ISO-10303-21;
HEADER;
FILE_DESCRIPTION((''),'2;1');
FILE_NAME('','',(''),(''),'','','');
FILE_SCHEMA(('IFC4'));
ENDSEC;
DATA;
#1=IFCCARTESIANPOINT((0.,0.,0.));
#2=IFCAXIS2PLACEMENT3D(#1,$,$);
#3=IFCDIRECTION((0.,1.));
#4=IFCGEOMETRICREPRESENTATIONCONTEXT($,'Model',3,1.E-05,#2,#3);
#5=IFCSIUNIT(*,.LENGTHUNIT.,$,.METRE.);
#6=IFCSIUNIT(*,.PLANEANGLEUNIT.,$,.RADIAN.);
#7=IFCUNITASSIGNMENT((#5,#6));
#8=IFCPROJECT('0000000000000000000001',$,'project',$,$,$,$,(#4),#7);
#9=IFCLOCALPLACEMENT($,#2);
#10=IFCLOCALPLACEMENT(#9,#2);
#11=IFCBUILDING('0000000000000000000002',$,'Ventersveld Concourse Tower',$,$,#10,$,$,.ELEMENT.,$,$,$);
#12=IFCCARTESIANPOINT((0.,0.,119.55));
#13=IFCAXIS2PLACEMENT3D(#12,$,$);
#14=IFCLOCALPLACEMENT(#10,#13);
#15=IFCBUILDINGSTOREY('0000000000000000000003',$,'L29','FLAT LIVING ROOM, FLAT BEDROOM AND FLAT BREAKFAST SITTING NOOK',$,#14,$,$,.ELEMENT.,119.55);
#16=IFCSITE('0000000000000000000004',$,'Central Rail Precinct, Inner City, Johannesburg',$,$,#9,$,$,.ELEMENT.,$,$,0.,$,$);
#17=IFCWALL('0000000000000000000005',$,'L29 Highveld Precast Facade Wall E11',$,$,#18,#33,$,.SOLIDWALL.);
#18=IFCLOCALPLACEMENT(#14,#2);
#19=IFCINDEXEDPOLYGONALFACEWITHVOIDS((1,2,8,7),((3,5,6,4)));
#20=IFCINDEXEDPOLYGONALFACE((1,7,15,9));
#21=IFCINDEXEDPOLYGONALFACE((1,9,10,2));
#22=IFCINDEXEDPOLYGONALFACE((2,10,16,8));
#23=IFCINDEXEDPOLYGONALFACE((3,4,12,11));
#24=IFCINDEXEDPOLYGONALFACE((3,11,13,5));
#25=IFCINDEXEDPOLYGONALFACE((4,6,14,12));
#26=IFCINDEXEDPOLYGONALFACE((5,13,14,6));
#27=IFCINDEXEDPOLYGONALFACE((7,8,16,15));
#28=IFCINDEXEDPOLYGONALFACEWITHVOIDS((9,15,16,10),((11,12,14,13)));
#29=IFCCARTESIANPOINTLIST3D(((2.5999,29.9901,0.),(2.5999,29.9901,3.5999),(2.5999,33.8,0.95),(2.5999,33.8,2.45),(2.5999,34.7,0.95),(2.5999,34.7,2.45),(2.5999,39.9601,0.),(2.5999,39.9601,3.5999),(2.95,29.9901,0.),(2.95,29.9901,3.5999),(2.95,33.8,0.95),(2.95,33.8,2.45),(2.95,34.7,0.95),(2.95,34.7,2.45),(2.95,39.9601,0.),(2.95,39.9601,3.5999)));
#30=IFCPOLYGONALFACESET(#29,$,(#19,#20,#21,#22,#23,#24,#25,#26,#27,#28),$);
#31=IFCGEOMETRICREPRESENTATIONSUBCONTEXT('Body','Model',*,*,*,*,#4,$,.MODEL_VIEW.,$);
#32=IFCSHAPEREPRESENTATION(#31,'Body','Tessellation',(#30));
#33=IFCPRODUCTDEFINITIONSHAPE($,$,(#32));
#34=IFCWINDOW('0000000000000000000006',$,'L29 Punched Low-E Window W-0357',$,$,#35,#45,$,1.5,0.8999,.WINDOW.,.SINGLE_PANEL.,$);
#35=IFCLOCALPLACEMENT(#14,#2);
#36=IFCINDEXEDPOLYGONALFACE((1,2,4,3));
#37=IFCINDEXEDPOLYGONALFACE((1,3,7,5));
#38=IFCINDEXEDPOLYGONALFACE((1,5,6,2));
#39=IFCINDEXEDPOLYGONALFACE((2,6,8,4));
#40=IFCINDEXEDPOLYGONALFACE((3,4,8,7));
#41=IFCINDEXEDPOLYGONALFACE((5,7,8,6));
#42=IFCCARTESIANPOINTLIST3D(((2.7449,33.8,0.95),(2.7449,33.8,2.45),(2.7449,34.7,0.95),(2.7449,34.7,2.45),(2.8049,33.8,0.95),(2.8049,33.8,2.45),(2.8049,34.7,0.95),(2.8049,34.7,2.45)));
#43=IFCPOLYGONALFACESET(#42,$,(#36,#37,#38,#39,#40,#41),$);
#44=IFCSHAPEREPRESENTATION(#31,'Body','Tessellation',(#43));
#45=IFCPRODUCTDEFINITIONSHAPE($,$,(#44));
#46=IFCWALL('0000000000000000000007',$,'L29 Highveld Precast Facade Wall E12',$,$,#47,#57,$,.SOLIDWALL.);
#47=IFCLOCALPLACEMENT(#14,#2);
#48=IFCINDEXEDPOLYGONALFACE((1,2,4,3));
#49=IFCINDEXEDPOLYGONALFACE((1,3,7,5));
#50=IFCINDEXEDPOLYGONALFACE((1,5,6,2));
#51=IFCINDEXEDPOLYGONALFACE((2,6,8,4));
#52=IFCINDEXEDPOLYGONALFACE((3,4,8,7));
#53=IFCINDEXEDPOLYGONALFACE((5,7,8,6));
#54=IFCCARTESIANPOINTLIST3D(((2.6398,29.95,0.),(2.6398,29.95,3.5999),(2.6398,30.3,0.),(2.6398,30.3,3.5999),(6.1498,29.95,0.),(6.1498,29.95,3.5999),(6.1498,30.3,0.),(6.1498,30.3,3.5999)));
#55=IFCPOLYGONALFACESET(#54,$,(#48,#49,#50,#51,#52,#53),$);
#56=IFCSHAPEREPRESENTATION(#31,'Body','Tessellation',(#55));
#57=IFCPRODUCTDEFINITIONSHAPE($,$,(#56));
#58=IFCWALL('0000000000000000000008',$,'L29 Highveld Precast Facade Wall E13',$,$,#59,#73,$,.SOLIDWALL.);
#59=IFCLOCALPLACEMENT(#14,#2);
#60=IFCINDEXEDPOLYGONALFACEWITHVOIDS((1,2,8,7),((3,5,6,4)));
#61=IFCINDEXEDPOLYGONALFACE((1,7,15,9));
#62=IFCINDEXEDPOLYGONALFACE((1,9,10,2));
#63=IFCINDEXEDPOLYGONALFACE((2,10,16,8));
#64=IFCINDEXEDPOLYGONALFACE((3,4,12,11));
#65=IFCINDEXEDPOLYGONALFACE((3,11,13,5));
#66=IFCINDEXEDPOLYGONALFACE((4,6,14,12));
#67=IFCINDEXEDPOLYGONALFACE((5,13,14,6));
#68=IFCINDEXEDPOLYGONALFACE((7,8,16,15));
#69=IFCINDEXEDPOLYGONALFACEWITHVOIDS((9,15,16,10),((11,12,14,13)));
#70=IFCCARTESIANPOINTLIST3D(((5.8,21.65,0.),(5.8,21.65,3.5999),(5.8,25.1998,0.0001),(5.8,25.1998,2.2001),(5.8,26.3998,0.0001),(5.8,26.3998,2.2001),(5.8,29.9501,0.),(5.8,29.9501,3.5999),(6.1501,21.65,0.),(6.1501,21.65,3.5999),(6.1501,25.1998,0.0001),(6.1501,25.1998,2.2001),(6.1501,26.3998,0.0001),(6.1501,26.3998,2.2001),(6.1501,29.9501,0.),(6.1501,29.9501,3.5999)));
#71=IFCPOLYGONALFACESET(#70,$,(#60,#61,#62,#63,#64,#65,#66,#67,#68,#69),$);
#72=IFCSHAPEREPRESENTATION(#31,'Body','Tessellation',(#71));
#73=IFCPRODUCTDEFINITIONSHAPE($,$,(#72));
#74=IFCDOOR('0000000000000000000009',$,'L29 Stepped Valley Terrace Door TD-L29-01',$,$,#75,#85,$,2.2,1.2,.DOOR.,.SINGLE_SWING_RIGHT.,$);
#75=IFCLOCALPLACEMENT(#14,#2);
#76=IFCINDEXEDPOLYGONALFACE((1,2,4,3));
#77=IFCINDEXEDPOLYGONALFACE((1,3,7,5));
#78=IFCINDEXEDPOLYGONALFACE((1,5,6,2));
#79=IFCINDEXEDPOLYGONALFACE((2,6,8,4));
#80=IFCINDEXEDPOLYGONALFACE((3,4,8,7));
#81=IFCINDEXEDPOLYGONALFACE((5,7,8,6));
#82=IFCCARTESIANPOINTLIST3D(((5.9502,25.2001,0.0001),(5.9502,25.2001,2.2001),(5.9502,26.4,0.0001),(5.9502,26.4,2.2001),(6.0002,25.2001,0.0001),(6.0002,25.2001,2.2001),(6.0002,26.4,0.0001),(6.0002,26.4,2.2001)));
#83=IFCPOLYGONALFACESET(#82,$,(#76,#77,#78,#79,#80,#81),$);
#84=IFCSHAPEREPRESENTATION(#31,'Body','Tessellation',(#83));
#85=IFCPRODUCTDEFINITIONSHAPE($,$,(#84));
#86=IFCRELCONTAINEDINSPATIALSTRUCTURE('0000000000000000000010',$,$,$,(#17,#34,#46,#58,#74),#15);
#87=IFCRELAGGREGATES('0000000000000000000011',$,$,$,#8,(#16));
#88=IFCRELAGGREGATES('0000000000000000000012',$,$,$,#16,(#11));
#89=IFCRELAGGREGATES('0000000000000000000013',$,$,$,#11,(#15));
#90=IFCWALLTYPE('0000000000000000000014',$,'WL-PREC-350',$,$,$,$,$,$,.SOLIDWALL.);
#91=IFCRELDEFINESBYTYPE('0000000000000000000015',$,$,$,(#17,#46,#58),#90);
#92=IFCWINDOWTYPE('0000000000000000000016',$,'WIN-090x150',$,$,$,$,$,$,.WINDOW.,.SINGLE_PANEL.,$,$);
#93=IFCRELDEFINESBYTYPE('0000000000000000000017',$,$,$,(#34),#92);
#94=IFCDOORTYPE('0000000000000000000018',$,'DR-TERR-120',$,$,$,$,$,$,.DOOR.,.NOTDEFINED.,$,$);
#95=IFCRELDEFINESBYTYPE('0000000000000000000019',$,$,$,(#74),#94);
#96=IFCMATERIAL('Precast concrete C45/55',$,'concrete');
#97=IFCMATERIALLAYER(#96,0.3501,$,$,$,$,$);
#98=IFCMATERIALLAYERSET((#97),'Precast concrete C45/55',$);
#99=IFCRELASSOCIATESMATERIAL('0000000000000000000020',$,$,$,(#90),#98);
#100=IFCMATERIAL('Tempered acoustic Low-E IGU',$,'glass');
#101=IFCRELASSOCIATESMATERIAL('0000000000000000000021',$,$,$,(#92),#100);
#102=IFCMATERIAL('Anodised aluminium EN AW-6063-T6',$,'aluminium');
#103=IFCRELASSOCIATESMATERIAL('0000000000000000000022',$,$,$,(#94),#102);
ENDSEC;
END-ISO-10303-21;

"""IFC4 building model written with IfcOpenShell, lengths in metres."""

from ifc_helpers import new_model, si_unit, direction, frame, frame_2d, origin, place, context, subcontext, project, spatial, rectangle, extrude, material, layer, layer_set, type_object, element, fill, save


model = new_model("IFC4")

# Units and contexts
model_context = context("Model", 3, precision=1e-05, world=origin(), true_north=direction((0.0, 1.0)))
body_context = subcontext(model_context, "Body", "Model", "MODEL_VIEW")
ifc_project = project(units=[si_unit("LENGTHUNIT", "METRE"), si_unit("PLANEANGLEUNIT", "RADIAN")], contexts=[model_context])

# Site, building, storey
site_placement = place(None, origin())
site = spatial("IfcSite", under=ifc_project, at=site_placement, Name="Central Rail Precinct, Inner City, Johannesburg", CompositionType="ELEMENT", RefElevation=0.0)
building_placement = place(site_placement, origin())
building = spatial("IfcBuilding", under=site, at=building_placement, Name="Ventersveld Concourse Tower", CompositionType="ELEMENT")
storey_placement = place(building_placement, frame((0.0, 0.0, 119.55)))
storey = spatial("IfcBuildingStorey", under=building, at=storey_placement, Name="L29", Description="FLAT LIVING ROOM, FLAT BEDROOM AND FLAT BREAKFAST SITTING NOOK", CompositionType="ELEMENT", Elevation=119.55)

# Wall, opening, window
ifc_material_1 = material(Name="Precast concrete C45/55", Category="concrete")
ifc_layer_1 = layer(ifc_material_1, 0.3501)
ifc_layer_set_1 = layer_set([ifc_layer_1], Name="Precast concrete C45/55")
wall_type_1 = type_object("IfcWallType", Name="WL-PREC-350", PredefinedType="SOLIDWALL", material=ifc_layer_set_1)
ifc_material_2 = material(Name="Tempered acoustic Low-E IGU", Category="glass")
wall_1_placement = place(storey_placement, frame((2.7749, 39.96, 0.0), z_axis=(0.0, 0.0, 1.0), x_axis=(0.0, -1.0, 0.0)))
wall_1 = element("IfcWall", 1, at=wall_1_placement, inside=storey, type_object=wall_type_1, Name="L29 Highveld Precast Facade Wall E11", PredefinedType="SOLIDWALL", context=body_context, shape_type="SweptSolid", body=[
    extrude(rectangle(XDim=9.97, YDim=0.3501, at=frame_2d((4.9849, 0.0))), origin(), (0.0, 0.0, 1.0), 3.5999),
])
opening_1_placement = place(wall_1_placement, frame((5.26, 0.0, 0.95)))
opening_1 = element("IfcOpeningElement", 2, at=opening_1_placement, cuts=wall_1, PredefinedType="OPENING", context=body_context, shape_type="SweptSolid", body=[
    extrude(rectangle(XDim=0.8999, YDim=1.5, at=frame_2d((0.45, 0.75))), frame((0.0, 0.1851, 0.0), z_axis=(0.0, -1.0, 0.0), x_axis=(1.0, 0.0, 0.0)), (0.0, 0.0, 1.0), 0.3701),
])
window_type_1 = type_object("IfcWindowType", Name="WIN-090x150", PartitioningType="SINGLE_PANEL", PredefinedType="WINDOW", material=ifc_material_2)
window_1_placement = place(opening_1_placement, origin())
window_1 = element("IfcWindow", 3, at=window_1_placement, inside=storey, type_object=window_type_1, Name="L29 Punched Low-E Window W-0357", OverallHeight=1.5, OverallWidth=0.8999, PartitioningType="SINGLE_PANEL", PredefinedType="WINDOW", context=body_context, shape_type="SweptSolid", body=[
    extrude(rectangle(XDim=0.8999, YDim=1.5, at=frame_2d((0.45, 0.75))), frame((0.0, 0.03, 0.0), z_axis=(0.0, -1.0, 0.0), x_axis=(1.0, 0.0, 0.0)), (0.0, 0.0, 1.0), 0.0601),
])
fill(opening_1, window_1)

# Wall
wall_2_placement = place(storey_placement, frame((2.6399, 30.125, 0.0), z_axis=(0.0, 0.0, 1.0), x_axis=(1.0, 0.0, 0.0)))
element("IfcWall", 4, at=wall_2_placement, inside=storey, type_object=wall_type_1, Name="L29 Highveld Precast Facade Wall E12", PredefinedType="SOLIDWALL", context=body_context, shape_type="SweptSolid", body=[
    extrude(rectangle(XDim=3.51, YDim=0.3501, at=frame_2d((1.7549, 0.0))), origin(), (0.0, 0.0, 1.0), 3.5999),
])

# Wall, opening, door
wall_3_placement = place(storey_placement, frame((5.9751, 29.95, 0.0), z_axis=(0.0, 0.0, 1.0), x_axis=(0.0, -1.0, 0.0)))
wall_3 = element("IfcWall", 5, at=wall_3_placement, inside=storey, type_object=wall_type_1, Name="L29 Highveld Precast Facade Wall E13", PredefinedType="SOLIDWALL", context=body_context, shape_type="SweptSolid", body=[
    extrude(rectangle(XDim=8.3, YDim=0.3501, at=frame_2d((4.1499, 0.0))), origin(), (0.0, 0.0, 1.0), 3.5999),
])
opening_2_placement = place(wall_3_placement, frame((3.55, 0.0, 0.0)))
opening_2 = element("IfcOpeningElement", 6, at=opening_2_placement, cuts=wall_3, PredefinedType="OPENING", context=body_context, shape_type="SweptSolid", body=[
    extrude(rectangle(XDim=1.2, YDim=2.2, at=frame_2d((0.6001, 1.1001))), frame((0.0, 0.1851, 0.0), z_axis=(0.0, -1.0, 0.0), x_axis=(1.0, 0.0, 0.0)), (0.0, 0.0, 1.0), 0.3701),
])
ifc_material_3 = material(Name="Anodised aluminium EN AW-6063-T6", Category="aluminium")
door_type_1 = type_object("IfcDoorType", Name="DR-TERR-120", OperationType="NOTDEFINED", PredefinedType="DOOR", material=ifc_material_3)
door_1_placement = place(opening_2_placement, frame((1.2, 0.0, 0.0), z_axis=(0.0, 0.0, 1.0), x_axis=(-1.0, 0.0, 0.0)))
door_1 = element("IfcDoor", 7, at=door_1_placement, inside=storey, type_object=door_type_1, Name="L29 Stepped Valley Terrace Door TD-L29-01", OperationType="SINGLE_SWING_RIGHT", OverallHeight=2.2, OverallWidth=1.2, PredefinedType="DOOR", context=body_context, shape_type="SweptSolid", body=[
    extrude(rectangle(XDim=1.2, YDim=2.2, at=frame_2d((0.6001, 1.1001))), frame((0.0, 0.0249, 0.0), z_axis=(0.0, -1.0, 0.0), x_axis=(1.0, 0.0, 0.0)), (0.0, 0.0, 1.0), 0.05),
])
fill(opening_2, door_1)

save(model, "model.ifc")
